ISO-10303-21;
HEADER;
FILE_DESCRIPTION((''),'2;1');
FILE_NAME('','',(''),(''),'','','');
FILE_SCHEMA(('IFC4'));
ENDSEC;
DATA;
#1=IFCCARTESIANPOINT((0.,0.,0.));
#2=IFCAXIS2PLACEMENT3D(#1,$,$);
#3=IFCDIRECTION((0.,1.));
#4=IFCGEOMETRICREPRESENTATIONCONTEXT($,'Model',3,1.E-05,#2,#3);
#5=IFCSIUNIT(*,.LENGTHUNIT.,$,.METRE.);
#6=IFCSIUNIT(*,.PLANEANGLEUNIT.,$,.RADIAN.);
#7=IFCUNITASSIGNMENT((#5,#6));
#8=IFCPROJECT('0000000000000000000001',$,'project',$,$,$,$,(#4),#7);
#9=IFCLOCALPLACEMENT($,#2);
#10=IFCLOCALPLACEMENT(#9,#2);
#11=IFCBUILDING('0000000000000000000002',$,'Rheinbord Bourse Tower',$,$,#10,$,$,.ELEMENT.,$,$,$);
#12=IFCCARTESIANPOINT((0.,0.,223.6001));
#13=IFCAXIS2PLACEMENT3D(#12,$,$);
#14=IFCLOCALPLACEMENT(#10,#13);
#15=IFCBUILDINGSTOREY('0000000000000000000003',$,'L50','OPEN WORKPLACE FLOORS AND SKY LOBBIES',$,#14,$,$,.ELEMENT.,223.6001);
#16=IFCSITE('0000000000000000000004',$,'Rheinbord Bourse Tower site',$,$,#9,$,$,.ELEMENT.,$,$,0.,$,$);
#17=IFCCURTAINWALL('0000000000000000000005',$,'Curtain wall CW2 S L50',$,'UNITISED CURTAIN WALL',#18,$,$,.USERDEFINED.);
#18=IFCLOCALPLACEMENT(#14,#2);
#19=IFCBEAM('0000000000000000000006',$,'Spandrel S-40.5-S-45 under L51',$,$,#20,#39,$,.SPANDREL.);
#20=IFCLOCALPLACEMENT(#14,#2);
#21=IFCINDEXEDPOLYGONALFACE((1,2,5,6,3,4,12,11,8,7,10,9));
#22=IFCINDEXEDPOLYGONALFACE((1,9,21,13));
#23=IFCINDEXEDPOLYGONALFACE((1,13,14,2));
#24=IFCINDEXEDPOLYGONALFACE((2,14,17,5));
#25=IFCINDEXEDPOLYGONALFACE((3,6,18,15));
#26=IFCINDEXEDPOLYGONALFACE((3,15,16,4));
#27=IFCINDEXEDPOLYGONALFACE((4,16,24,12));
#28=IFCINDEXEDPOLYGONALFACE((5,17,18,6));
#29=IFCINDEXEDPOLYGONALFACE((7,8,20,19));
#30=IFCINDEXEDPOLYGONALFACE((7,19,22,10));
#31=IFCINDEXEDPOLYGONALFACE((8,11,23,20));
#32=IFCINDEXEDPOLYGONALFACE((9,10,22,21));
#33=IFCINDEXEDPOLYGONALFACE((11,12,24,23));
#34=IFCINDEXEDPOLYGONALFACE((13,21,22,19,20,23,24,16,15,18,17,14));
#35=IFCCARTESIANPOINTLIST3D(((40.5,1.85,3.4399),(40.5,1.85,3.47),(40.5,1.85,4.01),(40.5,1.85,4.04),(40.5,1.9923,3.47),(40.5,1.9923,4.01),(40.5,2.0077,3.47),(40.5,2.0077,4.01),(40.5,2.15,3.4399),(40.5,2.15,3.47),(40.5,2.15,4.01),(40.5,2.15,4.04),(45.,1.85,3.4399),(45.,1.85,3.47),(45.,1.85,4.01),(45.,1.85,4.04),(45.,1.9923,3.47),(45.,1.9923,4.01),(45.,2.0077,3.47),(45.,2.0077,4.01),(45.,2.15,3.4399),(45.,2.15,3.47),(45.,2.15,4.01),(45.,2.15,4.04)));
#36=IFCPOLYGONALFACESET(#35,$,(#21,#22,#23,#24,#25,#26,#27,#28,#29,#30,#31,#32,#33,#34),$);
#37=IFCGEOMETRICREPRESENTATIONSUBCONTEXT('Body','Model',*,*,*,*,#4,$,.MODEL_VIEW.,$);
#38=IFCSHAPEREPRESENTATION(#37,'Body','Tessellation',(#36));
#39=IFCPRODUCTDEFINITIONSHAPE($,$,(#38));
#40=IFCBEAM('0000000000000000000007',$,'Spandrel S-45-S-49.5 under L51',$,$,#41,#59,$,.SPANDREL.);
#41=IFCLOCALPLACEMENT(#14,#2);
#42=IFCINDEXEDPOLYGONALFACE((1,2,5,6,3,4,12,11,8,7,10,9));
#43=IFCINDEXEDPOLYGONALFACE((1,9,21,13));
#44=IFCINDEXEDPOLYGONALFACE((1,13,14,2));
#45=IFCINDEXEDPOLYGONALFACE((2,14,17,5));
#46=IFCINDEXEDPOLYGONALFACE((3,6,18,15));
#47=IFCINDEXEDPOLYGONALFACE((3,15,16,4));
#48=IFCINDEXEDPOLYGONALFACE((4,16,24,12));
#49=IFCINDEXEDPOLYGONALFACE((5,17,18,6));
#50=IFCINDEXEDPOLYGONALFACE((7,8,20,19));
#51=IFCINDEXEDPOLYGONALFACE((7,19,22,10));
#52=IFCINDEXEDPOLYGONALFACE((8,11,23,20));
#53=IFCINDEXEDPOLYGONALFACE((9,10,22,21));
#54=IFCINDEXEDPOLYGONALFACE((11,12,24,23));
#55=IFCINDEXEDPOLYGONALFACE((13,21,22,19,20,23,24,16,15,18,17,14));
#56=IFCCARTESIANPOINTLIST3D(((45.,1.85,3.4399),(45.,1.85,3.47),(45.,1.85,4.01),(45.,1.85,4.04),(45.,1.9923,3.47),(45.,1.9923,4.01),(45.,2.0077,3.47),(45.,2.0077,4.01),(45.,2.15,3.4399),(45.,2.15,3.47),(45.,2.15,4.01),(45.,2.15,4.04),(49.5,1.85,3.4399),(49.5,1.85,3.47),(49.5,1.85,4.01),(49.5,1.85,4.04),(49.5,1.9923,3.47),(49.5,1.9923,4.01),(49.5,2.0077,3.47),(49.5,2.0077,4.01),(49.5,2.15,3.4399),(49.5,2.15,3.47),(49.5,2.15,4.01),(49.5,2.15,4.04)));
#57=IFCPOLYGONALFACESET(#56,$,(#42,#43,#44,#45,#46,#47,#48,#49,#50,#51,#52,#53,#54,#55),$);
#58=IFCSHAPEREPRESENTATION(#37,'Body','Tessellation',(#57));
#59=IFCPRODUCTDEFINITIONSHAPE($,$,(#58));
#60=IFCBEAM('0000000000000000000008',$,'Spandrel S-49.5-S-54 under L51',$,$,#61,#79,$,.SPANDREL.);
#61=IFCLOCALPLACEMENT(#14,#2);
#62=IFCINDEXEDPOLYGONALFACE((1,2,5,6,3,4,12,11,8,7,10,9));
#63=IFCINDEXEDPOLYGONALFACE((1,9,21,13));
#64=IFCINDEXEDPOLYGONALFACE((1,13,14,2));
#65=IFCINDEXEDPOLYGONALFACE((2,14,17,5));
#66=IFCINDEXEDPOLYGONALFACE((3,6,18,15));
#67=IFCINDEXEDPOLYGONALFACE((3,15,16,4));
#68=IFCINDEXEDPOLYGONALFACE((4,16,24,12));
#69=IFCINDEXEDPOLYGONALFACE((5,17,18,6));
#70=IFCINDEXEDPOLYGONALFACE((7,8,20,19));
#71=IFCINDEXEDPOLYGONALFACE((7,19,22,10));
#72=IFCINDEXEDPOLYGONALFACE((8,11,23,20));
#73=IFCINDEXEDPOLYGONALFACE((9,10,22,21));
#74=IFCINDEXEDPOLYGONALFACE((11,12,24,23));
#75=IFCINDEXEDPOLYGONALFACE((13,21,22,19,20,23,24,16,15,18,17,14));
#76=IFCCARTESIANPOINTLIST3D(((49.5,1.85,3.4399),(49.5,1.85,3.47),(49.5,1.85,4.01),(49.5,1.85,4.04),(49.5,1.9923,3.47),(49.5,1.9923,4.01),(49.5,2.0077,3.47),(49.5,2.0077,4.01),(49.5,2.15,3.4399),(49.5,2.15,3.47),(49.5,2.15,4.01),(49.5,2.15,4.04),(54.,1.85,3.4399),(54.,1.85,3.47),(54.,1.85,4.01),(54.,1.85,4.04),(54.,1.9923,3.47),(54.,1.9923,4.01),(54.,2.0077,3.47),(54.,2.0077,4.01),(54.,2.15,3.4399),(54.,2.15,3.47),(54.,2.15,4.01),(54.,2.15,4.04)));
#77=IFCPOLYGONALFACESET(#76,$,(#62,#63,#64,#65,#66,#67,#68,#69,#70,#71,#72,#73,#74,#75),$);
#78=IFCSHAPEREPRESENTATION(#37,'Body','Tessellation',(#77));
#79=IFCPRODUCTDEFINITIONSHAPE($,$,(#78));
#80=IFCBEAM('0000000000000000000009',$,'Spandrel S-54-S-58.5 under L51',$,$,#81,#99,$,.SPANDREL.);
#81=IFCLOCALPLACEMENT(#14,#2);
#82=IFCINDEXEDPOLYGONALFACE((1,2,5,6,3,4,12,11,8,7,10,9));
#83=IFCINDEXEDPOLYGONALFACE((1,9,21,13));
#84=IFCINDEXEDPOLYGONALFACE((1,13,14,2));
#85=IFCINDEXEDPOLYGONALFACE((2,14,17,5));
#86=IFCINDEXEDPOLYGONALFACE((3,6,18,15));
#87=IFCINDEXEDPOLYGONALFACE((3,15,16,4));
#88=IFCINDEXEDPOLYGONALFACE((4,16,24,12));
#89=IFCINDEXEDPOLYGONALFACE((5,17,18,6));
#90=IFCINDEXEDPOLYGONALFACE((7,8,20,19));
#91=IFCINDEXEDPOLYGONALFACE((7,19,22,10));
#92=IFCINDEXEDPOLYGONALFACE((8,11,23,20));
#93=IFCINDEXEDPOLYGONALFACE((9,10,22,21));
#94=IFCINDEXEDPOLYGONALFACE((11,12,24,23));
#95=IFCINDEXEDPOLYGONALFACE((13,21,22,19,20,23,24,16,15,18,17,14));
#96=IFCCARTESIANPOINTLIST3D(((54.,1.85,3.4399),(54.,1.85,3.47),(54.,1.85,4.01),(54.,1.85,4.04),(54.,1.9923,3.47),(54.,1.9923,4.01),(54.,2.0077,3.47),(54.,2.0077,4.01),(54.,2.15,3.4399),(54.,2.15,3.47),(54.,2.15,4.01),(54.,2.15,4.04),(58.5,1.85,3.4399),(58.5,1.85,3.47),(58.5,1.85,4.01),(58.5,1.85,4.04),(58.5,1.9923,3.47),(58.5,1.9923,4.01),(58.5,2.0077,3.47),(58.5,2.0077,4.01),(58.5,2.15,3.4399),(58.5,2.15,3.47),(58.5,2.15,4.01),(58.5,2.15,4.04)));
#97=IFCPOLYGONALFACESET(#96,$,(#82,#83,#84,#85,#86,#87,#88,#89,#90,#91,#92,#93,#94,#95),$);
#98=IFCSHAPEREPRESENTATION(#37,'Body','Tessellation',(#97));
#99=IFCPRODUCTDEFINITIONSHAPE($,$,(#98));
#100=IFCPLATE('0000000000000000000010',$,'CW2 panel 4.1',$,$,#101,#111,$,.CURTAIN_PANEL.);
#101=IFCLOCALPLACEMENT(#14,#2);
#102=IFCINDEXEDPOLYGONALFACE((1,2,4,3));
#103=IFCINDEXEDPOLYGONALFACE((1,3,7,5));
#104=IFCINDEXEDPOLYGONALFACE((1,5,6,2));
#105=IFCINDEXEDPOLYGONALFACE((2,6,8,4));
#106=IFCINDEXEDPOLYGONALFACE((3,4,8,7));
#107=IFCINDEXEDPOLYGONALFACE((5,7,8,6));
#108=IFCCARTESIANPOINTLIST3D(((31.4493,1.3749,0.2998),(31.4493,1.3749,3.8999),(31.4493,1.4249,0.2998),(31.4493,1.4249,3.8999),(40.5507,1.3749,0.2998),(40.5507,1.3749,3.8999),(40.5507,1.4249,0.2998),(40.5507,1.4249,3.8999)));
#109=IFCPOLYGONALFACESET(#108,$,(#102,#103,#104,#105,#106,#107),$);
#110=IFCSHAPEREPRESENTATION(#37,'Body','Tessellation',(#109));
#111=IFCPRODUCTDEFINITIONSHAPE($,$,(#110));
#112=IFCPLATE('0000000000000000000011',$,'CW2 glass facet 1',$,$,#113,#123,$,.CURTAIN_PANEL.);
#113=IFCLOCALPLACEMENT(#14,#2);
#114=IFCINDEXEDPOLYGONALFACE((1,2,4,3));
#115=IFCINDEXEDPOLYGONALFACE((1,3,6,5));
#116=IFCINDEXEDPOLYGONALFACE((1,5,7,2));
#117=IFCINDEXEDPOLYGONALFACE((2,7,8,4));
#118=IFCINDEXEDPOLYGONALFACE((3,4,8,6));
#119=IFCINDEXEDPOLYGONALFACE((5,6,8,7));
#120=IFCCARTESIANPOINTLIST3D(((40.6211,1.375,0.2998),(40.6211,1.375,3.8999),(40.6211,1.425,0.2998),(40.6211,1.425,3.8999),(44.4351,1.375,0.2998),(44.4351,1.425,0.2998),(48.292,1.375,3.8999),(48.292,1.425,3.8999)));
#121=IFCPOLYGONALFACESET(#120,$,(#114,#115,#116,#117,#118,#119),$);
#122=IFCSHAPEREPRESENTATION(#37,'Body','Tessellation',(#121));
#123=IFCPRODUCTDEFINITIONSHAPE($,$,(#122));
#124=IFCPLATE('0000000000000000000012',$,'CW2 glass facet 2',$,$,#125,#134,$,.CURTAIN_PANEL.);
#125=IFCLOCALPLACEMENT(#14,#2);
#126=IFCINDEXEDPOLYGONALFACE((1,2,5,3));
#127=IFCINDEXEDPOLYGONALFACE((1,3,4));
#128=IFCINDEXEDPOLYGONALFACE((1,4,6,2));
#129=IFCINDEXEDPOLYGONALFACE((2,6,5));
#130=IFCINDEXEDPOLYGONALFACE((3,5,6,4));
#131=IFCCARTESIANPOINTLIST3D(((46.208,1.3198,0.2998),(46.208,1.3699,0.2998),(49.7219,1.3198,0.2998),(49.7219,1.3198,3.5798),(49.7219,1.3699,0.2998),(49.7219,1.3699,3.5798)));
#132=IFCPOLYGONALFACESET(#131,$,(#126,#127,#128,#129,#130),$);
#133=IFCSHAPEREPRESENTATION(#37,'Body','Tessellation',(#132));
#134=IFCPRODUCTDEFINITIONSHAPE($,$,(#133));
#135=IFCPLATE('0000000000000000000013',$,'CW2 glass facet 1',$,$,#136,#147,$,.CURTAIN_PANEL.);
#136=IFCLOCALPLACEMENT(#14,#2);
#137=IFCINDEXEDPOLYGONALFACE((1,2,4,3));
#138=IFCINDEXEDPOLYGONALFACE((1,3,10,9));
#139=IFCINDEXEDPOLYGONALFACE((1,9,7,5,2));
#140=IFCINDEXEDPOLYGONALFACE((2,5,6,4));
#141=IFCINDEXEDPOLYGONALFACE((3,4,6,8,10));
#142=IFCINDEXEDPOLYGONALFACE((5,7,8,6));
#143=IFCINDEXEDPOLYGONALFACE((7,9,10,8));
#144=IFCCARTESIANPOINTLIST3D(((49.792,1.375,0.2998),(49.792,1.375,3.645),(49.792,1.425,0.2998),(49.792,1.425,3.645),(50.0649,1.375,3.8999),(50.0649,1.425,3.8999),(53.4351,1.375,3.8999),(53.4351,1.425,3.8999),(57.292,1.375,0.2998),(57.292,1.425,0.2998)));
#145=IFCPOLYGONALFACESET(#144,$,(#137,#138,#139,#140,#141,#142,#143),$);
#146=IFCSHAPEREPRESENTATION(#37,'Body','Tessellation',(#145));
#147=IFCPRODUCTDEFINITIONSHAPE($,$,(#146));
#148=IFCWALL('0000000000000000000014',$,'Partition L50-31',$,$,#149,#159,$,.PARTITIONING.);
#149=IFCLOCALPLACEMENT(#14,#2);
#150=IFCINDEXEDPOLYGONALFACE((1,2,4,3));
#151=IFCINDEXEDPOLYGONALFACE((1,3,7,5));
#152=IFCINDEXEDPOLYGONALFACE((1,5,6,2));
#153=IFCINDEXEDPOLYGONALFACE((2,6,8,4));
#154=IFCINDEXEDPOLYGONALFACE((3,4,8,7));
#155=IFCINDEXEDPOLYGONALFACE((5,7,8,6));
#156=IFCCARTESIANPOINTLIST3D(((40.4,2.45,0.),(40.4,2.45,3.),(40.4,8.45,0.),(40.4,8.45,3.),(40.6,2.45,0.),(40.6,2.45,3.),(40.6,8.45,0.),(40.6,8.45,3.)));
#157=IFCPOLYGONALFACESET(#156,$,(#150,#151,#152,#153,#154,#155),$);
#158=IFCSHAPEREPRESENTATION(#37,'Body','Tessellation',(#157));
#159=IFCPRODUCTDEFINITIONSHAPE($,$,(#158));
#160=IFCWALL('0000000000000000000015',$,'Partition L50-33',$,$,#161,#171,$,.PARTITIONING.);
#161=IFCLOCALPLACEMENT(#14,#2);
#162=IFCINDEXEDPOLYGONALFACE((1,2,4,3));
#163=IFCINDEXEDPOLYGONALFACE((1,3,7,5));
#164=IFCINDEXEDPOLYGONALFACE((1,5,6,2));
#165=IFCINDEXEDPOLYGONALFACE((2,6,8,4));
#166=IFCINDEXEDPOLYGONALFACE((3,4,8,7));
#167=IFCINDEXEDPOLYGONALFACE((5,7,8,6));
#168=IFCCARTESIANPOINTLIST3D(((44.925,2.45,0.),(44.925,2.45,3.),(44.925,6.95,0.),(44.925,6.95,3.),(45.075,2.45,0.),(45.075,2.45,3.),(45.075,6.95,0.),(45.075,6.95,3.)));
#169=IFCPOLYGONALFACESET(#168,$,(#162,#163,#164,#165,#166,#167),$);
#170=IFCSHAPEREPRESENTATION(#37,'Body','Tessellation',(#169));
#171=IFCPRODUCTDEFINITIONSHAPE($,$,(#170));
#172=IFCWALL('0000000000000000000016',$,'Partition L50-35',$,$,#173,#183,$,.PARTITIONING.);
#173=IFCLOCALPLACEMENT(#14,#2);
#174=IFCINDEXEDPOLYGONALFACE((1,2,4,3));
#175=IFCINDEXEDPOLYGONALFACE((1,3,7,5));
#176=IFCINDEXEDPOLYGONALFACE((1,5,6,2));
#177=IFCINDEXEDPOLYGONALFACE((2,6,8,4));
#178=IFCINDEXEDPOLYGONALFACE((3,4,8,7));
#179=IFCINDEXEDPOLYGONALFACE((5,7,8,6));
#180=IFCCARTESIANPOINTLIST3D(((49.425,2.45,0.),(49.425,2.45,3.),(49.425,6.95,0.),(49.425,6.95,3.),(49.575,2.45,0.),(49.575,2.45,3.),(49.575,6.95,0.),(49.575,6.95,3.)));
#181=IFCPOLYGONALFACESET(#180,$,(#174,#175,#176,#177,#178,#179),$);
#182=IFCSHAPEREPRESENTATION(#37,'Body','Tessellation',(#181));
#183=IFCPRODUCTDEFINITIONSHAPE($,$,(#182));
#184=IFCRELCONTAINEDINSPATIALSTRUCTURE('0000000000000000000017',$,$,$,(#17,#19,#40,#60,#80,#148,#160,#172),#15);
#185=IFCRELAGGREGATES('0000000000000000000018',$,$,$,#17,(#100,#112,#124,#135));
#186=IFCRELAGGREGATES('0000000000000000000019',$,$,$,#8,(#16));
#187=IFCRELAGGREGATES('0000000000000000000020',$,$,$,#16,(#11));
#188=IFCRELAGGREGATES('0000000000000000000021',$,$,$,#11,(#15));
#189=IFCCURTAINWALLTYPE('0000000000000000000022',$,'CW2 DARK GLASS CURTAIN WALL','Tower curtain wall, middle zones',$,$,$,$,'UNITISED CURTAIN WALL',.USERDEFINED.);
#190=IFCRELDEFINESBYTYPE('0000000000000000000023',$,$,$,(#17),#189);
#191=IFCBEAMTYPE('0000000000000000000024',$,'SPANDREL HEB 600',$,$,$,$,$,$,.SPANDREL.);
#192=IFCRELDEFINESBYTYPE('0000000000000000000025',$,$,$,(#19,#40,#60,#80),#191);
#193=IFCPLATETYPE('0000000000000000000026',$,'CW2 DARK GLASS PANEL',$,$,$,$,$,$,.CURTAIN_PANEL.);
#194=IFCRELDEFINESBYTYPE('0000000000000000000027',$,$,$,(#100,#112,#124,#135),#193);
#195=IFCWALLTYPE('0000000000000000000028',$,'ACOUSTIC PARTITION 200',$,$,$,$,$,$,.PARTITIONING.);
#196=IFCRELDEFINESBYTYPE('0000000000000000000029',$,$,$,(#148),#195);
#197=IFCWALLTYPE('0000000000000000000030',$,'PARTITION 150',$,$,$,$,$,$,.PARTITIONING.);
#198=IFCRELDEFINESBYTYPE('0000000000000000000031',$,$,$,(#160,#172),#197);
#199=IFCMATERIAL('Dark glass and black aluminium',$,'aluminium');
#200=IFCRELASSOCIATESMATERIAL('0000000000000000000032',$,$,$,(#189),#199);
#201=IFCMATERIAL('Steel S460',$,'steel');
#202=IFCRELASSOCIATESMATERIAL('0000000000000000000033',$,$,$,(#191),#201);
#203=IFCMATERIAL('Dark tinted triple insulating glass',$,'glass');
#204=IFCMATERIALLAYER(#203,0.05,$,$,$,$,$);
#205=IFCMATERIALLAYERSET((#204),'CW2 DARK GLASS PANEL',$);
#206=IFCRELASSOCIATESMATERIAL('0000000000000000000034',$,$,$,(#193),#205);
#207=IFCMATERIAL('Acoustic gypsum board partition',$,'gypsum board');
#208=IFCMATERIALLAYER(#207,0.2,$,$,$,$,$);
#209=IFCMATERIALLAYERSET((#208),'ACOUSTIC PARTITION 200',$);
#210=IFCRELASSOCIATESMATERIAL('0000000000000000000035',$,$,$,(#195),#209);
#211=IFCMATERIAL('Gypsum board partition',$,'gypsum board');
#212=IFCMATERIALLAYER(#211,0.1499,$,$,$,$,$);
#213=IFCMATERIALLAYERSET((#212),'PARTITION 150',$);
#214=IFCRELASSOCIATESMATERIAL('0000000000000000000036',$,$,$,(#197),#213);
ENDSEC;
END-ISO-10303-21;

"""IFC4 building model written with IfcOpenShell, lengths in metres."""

from ifc_helpers import new_model, si_unit, direction, frame, frame_2d, origin, origin_2d, place, context, subcontext, project, spatial, polyline, rectangle, i_section, outline, extrude, material, layer, layer_set, material_profile, profile_set, type_object, element, aggregate, save


model = new_model("IFC4")

# Units and contexts
model_context = context("Model", 3, precision=1e-05, world=origin(), true_north=direction((0.0, 1.0)))
body_context = subcontext(model_context, "Body", "Model", "MODEL_VIEW")
ifc_project = project(units=[si_unit("LENGTHUNIT", "METRE"), si_unit("PLANEANGLEUNIT", "RADIAN")], contexts=[model_context])

# Site, building, storey
site_placement = place(None, origin())
site = spatial("IfcSite", under=ifc_project, at=site_placement, Name="Rheinbord Bourse Tower site", CompositionType="ELEMENT", RefElevation=0.0)
building_placement = place(site_placement, origin())
building = spatial("IfcBuilding", under=site, at=building_placement, Name="Rheinbord Bourse Tower", CompositionType="ELEMENT")
storey_placement = place(building_placement, frame((0.0, 0.0, 223.6001)))
storey = spatial("IfcBuildingStorey", under=building, at=storey_placement, Name="L50", Description="OPEN WORKPLACE FLOORS AND SKY LOBBIES", CompositionType="ELEMENT", Elevation=223.6001)

# Curtain wall
ifc_material_1 = material(Name="Dark glass and black aluminium", Category="aluminium")
curtain_wall_type = type_object("IfcCurtainWallType", Name="CW2 DARK GLASS CURTAIN WALL", Description="Tower curtain wall, middle zones", ElementType="UNITISED CURTAIN WALL", PredefinedType="USERDEFINED", material=ifc_material_1)
curtain_wall_placement = place(storey_placement, origin())
curtain_wall = element("IfcCurtainWall", 1, at=curtain_wall_placement, inside=storey, type_object=curtain_wall_type, Name="Curtain wall CW2 S L50", ObjectType="UNITISED CURTAIN WALL", PredefinedType="USERDEFINED")

# Beams
ifc_material_2 = material(Name="Steel S460", Category="steel")
ifc_material_profile_1 = material_profile(ifc_material_2, i_section(OverallWidth=0.3, OverallDepth=0.6001, WebThickness=0.0154, FlangeThickness=0.03, at=origin_2d()), Name="HEB 600")
ifc_profile_set_1 = profile_set([ifc_material_profile_1], Name="Steel S460")
beam_type_1 = type_object("IfcBeamType", Name="SPANDREL HEB 600", PredefinedType="SPANDREL", material=ifc_profile_set_1)
for number, where, z_axis, x_axis, name in (
    (2, (40.5, 2.0, 3.74), (1.0, 0.0, 0.0), (0.0, 1.0, 0.0), "Spandrel S-40.5-S-45 under L51"),
    (3, (45.0, 2.0, 3.74), (1.0, 0.0, 0.0), (0.0, 1.0, 0.0), "Spandrel S-45-S-49.5 under L51"),
    (4, (49.5, 2.0, 3.74), (1.0, 0.0, 0.0), (0.0, 1.0, 0.0), "Spandrel S-49.5-S-54 under L51"),
    (5, (54.0, 2.0, 3.74), (1.0, 0.0, 0.0), (0.0, 1.0, 0.0), "Spandrel S-54-S-58.5 under L51"),
):
    element("IfcBeam", number, at=place(storey_placement, frame(where, z_axis=z_axis, x_axis=x_axis)), inside=storey, type_object=beam_type_1, Name=name, PredefinedType="SPANDREL", context=body_context, shape_type="SweptSolid", body=[
        extrude(i_section(OverallWidth=0.3, OverallDepth=0.6001, WebThickness=0.0154, FlangeThickness=0.03, at=origin_2d()), origin(), (0.0, 0.0, 1.0), 4.5),
    ])

# Plates
ifc_material_3 = material(Name="Dark tinted triple insulating glass", Category="glass")
ifc_layer_1 = layer(ifc_material_3, 0.05)
ifc_layer_set_1 = layer_set([ifc_layer_1], Name="CW2 DARK GLASS PANEL")
plate_type = type_object("IfcPlateType", Name="CW2 DARK GLASS PANEL", PredefinedType="CURTAIN_PANEL", material=ifc_layer_set_1)
plate_1_placement = place(storey_placement, frame((36.0, 1.3999, 0.2998), z_axis=(0.0, 0.0, 1.0), x_axis=(1.0, 0.0, 0.0)))
plate_1 = element("IfcPlate", 6, at=plate_1_placement, type_object=plate_type, Name="CW2 panel 4.1", PredefinedType="CURTAIN_PANEL", context=body_context, shape_type="SweptSolid", body=[
    extrude(rectangle(XDim=9.1013, YDim=0.05, at=origin_2d()), origin(), (0.0, 0.0, 1.0), 3.6001),
])
plate_2_placement = place(storey_placement, frame((40.6211, 1.375, 0.2998), z_axis=(0.0, 1.0, 0.0), x_axis=(0.0, 0.0, 1.0)))
plate_2 = element("IfcPlate", 7, at=plate_2_placement, type_object=plate_type, Name="CW2 glass facet 1", PredefinedType="CURTAIN_PANEL", context=body_context, shape_type="SweptSolid", body=[
    extrude(outline(polyline([(0.0, 0.0), (3.6001, 0.0), (3.6001, 7.6709), (0.0, 3.814), (0.0, 0.0)])), origin(), (0.0, 0.0, 1.0), 0.05),
])
plate_3_placement = place(storey_placement, frame((49.7219, 1.3198, 0.2998), z_axis=(0.0, 1.0, 0.0), x_axis=(-1.0, 0.0, 0.0)))
plate_3 = element("IfcPlate", 8, at=plate_3_placement, type_object=plate_type, Name="CW2 glass facet 2", PredefinedType="CURTAIN_PANEL", context=body_context, shape_type="SweptSolid", body=[
    extrude(outline(polyline([(0.0, 0.0), (3.5139, 0.0), (0.0, 3.28), (0.0, 0.0)])), origin(), (0.0, 0.0, 1.0), 0.05),
])
plate_4_placement = place(storey_placement, frame((49.792, 1.375, 0.2998), z_axis=(0.0, 1.0, 0.0), x_axis=(0.0, 0.0, 1.0)))
plate_4 = element("IfcPlate", 9, at=plate_4_placement, type_object=plate_type, Name="CW2 glass facet 1", PredefinedType="CURTAIN_PANEL", context=body_context, shape_type="SweptSolid", body=[
    extrude(outline(polyline([(0.0, 0.0), (3.3452, 0.0), (3.6001, 0.2729), (3.6001, 3.6431), (0.0, 7.5), (0.0, 0.0)])), origin(), (0.0, 0.0, 1.0), 0.05),
])
aggregate(curtain_wall, [plate_1, plate_2, plate_3, plate_4])

# Walls
ifc_material_4 = material(Name="Acoustic gypsum board partition", Category="gypsum board")
ifc_layer_2 = layer(ifc_material_4, 0.2)
ifc_layer_set_2 = layer_set([ifc_layer_2], Name="ACOUSTIC PARTITION 200")
wall_type_1 = type_object("IfcWallType", Name="ACOUSTIC PARTITION 200", PredefinedType="PARTITIONING", material=ifc_layer_set_2)
wall_placement = place(storey_placement, frame((40.5, 2.45, 0.0), z_axis=(0.0, 0.0, 1.0), x_axis=(0.0, 1.0, 0.0)))
element("IfcWall", 10, at=wall_placement, inside=storey, type_object=wall_type_1, Name="Partition L50-31", PredefinedType="PARTITIONING", context=body_context, shape_type="SweptSolid", body=[
    extrude(rectangle(XDim=6.0, YDim=0.2, at=frame_2d((3.0, 0.0))), origin(), (0.0, 0.0, 1.0), 3.0),
])
ifc_material_5 = material(Name="Gypsum board partition", Category="gypsum board")
ifc_layer_3 = layer(ifc_material_5, 0.1499)
ifc_layer_set_3 = layer_set([ifc_layer_3], Name="PARTITION 150")
wall_type_2 = type_object("IfcWallType", Name="PARTITION 150", PredefinedType="PARTITIONING", material=ifc_layer_set_3)
for number, where, z_axis, x_axis, name in (
    (11, (45.0, 2.45, 0.0), (0.0, 0.0, 1.0), (0.0, 1.0, 0.0), "Partition L50-33"),
    (12, (49.5, 2.45, 0.0), (0.0, 0.0, 1.0), (0.0, 1.0, 0.0), "Partition L50-35"),
):
    element("IfcWall", number, at=place(storey_placement, frame(where, z_axis=z_axis, x_axis=x_axis)), inside=storey, type_object=wall_type_2, Name=name, PredefinedType="PARTITIONING", context=body_context, shape_type="SweptSolid", body=[
        extrude(rectangle(XDim=4.5, YDim=0.1499, at=frame_2d((2.25, 0.0))), origin(), (0.0, 0.0, 1.0), 3.0),
    ])

save(model, "model.ifc")
